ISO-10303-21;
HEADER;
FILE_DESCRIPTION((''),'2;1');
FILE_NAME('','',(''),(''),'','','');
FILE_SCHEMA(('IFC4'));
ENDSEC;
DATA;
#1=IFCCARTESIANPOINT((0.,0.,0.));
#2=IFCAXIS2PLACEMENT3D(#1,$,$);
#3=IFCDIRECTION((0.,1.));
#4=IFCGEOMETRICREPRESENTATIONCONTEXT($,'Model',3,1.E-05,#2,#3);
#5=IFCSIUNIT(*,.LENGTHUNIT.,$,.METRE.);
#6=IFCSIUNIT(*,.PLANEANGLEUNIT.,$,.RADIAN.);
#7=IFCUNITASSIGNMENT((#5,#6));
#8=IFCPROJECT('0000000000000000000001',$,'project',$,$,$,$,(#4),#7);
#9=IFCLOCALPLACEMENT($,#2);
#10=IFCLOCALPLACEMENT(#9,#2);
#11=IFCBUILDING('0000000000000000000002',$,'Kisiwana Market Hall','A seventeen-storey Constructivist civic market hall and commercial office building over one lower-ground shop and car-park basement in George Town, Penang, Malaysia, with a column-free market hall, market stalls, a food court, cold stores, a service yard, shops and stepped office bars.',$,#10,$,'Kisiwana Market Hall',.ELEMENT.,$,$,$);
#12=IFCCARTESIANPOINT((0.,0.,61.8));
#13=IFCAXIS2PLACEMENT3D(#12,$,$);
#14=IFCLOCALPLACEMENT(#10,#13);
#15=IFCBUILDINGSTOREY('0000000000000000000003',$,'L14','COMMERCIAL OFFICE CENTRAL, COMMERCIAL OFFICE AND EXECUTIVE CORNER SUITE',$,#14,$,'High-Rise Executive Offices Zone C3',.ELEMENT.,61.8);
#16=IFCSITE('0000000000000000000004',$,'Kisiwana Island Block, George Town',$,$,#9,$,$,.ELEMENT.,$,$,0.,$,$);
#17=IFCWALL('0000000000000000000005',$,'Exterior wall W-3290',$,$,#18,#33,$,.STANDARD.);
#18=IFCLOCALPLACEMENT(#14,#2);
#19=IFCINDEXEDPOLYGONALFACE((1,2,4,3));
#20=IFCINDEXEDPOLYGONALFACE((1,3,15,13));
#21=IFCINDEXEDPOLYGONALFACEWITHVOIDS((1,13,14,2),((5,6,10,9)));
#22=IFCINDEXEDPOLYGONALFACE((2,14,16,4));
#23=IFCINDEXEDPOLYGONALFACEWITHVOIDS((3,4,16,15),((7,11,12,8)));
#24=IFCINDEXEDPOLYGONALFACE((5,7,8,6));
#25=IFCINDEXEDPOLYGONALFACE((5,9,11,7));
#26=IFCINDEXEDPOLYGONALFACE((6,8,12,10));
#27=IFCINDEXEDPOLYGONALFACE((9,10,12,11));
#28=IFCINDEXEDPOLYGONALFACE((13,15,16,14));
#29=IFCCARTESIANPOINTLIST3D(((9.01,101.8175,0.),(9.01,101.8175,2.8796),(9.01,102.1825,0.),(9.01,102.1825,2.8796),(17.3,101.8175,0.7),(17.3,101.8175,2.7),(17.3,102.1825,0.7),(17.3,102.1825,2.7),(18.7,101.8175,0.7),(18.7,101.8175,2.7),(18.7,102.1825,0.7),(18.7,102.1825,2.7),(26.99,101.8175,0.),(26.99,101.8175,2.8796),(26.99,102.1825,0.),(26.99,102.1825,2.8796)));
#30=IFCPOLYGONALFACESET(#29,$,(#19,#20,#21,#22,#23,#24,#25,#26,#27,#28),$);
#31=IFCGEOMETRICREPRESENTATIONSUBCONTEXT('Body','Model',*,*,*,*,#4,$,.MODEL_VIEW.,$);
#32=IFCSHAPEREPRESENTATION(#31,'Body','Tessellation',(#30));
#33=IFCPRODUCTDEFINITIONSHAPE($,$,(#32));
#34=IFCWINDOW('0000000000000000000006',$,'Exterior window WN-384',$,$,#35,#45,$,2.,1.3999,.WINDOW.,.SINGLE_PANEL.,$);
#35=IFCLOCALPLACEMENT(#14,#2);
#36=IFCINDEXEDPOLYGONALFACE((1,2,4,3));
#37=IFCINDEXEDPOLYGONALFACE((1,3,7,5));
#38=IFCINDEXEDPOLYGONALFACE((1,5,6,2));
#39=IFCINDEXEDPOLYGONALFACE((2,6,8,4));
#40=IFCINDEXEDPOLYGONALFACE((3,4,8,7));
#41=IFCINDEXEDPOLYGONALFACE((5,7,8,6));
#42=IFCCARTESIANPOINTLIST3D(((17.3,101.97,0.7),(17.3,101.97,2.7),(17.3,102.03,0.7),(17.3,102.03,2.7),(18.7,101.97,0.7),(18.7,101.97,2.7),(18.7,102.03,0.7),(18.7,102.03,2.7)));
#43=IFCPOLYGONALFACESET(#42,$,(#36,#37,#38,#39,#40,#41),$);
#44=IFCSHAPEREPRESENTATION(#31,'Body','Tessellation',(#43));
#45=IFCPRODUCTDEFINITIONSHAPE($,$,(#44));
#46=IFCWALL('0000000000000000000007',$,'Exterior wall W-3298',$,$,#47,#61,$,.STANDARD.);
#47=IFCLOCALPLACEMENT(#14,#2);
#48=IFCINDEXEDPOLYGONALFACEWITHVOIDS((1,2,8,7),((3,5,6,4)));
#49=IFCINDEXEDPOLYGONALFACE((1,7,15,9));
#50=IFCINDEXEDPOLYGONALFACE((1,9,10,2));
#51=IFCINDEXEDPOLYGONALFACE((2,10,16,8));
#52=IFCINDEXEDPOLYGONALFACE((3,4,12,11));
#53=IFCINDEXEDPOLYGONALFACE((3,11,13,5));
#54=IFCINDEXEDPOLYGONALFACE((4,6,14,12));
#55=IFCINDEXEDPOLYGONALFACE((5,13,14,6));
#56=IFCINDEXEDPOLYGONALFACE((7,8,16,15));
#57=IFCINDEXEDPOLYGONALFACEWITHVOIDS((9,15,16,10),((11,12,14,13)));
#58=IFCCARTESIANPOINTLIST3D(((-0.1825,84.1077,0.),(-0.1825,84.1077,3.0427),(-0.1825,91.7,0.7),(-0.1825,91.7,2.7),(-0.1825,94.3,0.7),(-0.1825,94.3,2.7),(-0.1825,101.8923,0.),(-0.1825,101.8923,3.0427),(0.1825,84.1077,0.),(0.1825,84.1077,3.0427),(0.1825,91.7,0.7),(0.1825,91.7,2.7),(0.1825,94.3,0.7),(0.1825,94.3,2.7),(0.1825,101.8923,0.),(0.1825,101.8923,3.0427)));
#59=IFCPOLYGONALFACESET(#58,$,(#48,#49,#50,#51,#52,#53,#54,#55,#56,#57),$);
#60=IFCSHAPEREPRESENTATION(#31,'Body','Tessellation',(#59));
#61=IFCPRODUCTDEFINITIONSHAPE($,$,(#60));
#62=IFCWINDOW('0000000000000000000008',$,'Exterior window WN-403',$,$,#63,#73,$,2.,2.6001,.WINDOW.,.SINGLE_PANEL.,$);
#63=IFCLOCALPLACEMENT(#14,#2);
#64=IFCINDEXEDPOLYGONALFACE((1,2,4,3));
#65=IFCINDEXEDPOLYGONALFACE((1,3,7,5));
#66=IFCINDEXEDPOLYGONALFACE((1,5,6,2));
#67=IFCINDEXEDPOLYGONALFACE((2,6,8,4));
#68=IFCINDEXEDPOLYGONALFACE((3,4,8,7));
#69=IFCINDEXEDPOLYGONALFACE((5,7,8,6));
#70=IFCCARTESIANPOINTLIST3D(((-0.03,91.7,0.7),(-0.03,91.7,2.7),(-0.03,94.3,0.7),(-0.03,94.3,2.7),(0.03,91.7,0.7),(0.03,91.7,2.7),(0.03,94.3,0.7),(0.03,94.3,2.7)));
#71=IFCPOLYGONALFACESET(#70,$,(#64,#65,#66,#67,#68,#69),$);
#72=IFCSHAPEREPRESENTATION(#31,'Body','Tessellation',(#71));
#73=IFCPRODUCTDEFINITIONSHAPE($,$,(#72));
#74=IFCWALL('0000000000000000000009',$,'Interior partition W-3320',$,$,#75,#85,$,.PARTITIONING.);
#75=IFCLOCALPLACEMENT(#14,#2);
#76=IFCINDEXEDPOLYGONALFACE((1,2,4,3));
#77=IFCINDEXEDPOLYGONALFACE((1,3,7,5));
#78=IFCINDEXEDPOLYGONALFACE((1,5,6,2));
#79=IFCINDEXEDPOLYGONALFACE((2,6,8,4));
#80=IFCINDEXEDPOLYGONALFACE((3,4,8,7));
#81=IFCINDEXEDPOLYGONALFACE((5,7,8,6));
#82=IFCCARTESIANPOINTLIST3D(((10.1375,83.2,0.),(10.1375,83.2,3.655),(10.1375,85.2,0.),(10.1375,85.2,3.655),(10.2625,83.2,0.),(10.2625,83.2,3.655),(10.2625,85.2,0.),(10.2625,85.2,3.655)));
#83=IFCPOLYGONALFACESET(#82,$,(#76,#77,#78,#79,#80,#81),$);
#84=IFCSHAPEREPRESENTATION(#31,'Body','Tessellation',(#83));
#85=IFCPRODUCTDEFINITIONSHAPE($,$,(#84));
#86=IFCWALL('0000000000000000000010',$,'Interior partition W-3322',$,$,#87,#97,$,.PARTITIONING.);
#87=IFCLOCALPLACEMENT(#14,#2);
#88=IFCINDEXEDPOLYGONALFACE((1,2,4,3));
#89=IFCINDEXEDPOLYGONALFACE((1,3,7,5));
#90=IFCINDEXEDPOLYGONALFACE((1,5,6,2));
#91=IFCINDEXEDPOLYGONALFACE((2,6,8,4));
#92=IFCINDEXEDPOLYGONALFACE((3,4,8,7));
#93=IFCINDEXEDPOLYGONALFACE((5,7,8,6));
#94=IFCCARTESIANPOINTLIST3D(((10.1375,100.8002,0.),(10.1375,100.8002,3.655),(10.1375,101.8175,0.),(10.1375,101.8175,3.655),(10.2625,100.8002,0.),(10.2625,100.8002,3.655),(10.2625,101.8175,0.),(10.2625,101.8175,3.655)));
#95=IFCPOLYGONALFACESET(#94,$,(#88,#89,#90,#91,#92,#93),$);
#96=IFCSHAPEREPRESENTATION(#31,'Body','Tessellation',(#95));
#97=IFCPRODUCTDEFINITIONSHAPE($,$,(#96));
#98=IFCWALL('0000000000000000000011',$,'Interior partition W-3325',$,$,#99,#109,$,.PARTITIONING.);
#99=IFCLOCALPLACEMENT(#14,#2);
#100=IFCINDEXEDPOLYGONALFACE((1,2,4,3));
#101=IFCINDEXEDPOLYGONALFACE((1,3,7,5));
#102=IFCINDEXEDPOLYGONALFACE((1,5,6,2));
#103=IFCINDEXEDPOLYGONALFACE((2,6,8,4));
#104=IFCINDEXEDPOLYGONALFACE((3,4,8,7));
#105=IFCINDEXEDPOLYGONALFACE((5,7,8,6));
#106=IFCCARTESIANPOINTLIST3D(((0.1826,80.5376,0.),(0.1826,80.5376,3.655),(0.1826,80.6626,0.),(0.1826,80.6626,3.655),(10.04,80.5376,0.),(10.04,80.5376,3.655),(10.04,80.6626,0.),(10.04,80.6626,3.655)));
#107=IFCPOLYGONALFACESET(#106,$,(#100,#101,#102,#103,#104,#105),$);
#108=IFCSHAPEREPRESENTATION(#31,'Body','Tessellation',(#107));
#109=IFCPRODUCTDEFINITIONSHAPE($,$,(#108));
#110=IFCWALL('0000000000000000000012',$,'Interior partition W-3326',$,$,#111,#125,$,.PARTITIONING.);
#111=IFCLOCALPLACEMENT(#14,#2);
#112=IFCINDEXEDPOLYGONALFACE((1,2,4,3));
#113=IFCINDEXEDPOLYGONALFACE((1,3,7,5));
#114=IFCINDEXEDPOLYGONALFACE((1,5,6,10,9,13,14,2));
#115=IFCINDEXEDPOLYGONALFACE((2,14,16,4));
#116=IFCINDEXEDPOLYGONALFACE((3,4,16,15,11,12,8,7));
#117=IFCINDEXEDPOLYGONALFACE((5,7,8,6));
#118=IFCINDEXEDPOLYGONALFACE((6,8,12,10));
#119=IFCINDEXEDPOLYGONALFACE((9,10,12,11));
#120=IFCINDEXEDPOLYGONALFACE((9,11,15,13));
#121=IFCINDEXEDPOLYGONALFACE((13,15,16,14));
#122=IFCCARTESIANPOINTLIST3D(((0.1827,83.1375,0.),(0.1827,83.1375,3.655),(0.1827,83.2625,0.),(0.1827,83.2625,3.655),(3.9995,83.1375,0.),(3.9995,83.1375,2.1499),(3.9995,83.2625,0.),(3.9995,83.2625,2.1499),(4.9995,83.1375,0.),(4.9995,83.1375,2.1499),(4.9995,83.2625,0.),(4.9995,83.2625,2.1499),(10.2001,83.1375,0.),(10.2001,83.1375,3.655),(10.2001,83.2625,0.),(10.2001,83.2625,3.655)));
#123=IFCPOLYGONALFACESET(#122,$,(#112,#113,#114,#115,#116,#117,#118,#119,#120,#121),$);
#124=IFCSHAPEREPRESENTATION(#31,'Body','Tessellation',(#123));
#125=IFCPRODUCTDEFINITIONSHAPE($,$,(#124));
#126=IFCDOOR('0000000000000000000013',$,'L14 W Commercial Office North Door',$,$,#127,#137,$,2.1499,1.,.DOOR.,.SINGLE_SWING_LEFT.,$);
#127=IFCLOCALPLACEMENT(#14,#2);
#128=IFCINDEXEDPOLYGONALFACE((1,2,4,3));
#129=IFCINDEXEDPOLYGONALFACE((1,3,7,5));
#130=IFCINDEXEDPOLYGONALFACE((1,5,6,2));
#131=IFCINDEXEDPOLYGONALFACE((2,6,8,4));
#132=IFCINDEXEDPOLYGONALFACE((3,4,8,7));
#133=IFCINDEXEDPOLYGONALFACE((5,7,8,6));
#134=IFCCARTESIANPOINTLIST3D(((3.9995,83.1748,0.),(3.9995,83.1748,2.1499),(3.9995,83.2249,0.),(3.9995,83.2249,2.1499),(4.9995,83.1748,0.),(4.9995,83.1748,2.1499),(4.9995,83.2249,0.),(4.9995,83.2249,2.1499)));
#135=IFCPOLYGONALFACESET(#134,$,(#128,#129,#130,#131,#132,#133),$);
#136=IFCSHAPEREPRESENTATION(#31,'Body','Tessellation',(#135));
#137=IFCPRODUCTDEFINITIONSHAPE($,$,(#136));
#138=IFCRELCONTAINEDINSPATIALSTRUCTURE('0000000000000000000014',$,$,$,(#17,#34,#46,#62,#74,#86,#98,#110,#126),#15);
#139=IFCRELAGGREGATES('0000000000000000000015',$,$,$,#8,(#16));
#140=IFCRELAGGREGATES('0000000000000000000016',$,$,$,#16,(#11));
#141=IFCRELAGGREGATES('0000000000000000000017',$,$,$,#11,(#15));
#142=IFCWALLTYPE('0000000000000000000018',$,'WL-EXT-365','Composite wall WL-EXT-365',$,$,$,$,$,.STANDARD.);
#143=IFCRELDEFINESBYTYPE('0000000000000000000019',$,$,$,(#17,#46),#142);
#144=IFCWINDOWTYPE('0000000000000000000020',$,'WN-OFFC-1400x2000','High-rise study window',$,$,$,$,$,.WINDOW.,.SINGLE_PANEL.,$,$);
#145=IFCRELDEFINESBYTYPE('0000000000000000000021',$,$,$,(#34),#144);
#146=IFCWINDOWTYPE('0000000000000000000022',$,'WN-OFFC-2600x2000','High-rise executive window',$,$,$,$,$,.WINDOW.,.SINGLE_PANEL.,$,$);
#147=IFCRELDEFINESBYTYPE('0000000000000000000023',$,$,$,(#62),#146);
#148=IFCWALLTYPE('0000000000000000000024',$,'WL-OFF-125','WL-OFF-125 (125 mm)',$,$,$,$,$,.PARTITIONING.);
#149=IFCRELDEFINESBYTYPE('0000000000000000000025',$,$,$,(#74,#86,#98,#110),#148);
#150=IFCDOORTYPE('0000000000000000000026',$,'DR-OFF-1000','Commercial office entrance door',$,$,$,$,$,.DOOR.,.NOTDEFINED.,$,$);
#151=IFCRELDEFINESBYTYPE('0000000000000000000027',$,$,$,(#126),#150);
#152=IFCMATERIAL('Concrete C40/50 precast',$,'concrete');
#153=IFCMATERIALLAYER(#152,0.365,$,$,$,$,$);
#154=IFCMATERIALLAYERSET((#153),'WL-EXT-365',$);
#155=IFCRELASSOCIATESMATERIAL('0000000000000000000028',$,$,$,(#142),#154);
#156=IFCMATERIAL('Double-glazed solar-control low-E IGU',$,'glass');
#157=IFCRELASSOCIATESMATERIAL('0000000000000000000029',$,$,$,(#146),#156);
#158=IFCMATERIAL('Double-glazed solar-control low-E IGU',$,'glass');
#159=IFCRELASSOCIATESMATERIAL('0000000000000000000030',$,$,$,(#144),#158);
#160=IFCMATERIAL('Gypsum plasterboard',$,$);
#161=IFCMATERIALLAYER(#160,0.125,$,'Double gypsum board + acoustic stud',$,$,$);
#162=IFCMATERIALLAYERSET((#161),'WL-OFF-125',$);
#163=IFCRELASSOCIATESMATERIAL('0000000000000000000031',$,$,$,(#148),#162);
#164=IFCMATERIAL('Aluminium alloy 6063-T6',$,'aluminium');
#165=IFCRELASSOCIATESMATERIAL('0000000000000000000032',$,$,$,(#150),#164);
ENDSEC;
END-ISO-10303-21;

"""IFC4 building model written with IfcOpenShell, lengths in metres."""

from ifc_helpers import new_model, si_unit, direction, frame, frame_2d, origin, place, context, subcontext, project, spatial, rectangle, extrude, material, layer, layer_set, type_object, element, fill, save


model = new_model("IFC4")

# Units and contexts
model_context = context("Model", 3, precision=1e-05, world=origin(), true_north=direction((0.0, 1.0)))
body_context = subcontext(model_context, "Body", "Model", "MODEL_VIEW")
ifc_project = project(units=[si_unit("LENGTHUNIT", "METRE"), si_unit("PLANEANGLEUNIT", "RADIAN")], contexts=[model_context])

# Site, building, storey
site_placement = place(None, origin())
site = spatial("IfcSite", under=ifc_project, at=site_placement, Name="Kisiwana Island Block, George Town", CompositionType="ELEMENT", RefElevation=0.0)
building_placement = place(site_placement, origin())
building = spatial("IfcBuilding", under=site, at=building_placement, Name="Kisiwana Market Hall", Description="A seventeen-storey Constructivist civic market hall and commercial office building over one lower-ground shop and car-park basement in George Town, Penang, Malaysia, with a column-free market hall, market stalls, a food court, cold stores, a service yard, shops and stepped office bars.", LongName="Kisiwana Market Hall", CompositionType="ELEMENT")
storey_placement = place(building_placement, frame((0.0, 0.0, 61.8)))
storey = spatial("IfcBuildingStorey", under=building, at=storey_placement, Name="L14", Description="COMMERCIAL OFFICE CENTRAL, COMMERCIAL OFFICE AND EXECUTIVE CORNER SUITE", LongName="High-Rise Executive Offices Zone C3", CompositionType="ELEMENT", Elevation=61.8)

# Walls, openings, windows
ifc_material_1 = material(Name="Concrete C40/50 precast", Category="concrete")
ifc_layer_1 = layer(ifc_material_1, 0.365)
ifc_layer_set_1 = layer_set([ifc_layer_1], Name="WL-EXT-365")
wall_type_1 = type_object("IfcWallType", Name="WL-EXT-365", Description="Composite wall WL-EXT-365", PredefinedType="STANDARD", material=ifc_layer_set_1)
ifc_material_2 = material(Name="Double-glazed solar-control low-E IGU", Category="glass")
window_type_1 = type_object("IfcWindowType", Name="WN-OFFC-2600x2000", Description="High-rise executive window", PartitioningType="SINGLE_PANEL", PredefinedType="WINDOW", material=ifc_material_2)
wall_1_placement = place(storey_placement, frame((9.01, 102.0, 0.0), z_axis=(0.0, 0.0, 1.0), x_axis=(1.0, 0.0, 0.0)))
wall_1 = element("IfcWall", 1, at=wall_1_placement, inside=storey, type_object=wall_type_1, Name="Exterior wall W-3290", PredefinedType="STANDARD", context=body_context, shape_type="SweptSolid", body=[
    extrude(rectangle(XDim=17.98, YDim=0.365, at=frame_2d((8.99, 0.0))), origin(), (0.0, 0.0, 1.0), 2.8796),
])
opening_1_placement = place(wall_1_placement, frame((8.29, 0.0, 0.7)))
opening_1 = element("IfcOpeningElement", 2, at=opening_1_placement, cuts=wall_1, PredefinedType="OPENING", context=body_context, shape_type="SweptSolid", body=[
    extrude(rectangle(XDim=1.3999, YDim=2.0, at=frame_2d((0.7, 1.0))), frame((0.0, 0.1943, 0.0), z_axis=(0.0, -1.0, 0.0), x_axis=(1.0, 0.0, 0.0)), (0.0, 0.0, 1.0), 0.3889),
])
ifc_material_3 = material(Name="Double-glazed solar-control low-E IGU", Category="glass")
window_type_2 = type_object("IfcWindowType", Name="WN-OFFC-1400x2000", Description="High-rise study window", PartitioningType="SINGLE_PANEL", PredefinedType="WINDOW", material=ifc_material_3)
window_1_placement = place(opening_1_placement, origin())
window_1 = element("IfcWindow", 3, at=window_1_placement, inside=storey, type_object=window_type_2, Name="Exterior window WN-384", OverallHeight=2.0, OverallWidth=1.3999, PartitioningType="SINGLE_PANEL", PredefinedType="WINDOW", context=body_context, shape_type="SweptSolid", body=[
    extrude(rectangle(XDim=1.3999, YDim=2.0, at=frame_2d((0.7, 1.0))), frame((0.0, 0.03, 0.0), z_axis=(0.0, -1.0, 0.0), x_axis=(1.0, 0.0, 0.0)), (0.0, 0.0, 1.0), 0.0601),
])
fill(opening_1, window_1)
wall_2_placement = place(storey_placement, frame((0.0, 84.1077, 0.0), z_axis=(0.0, 0.0, 1.0), x_axis=(0.0, 1.0, 0.0)))
wall_2 = element("IfcWall", 4, at=wall_2_placement, inside=storey, type_object=wall_type_1, Name="Exterior wall W-3298", PredefinedType="STANDARD", context=body_context, shape_type="SweptSolid", body=[
    extrude(rectangle(XDim=17.7847, YDim=0.365, at=frame_2d((8.8923, 0.0))), origin(), (0.0, 0.0, 1.0), 3.0427),
])
opening_2_placement = place(wall_2_placement, frame((7.5923, 0.0, 0.7)))
opening_2 = element("IfcOpeningElement", 5, at=opening_2_placement, cuts=wall_2, PredefinedType="OPENING", context=body_context, shape_type="SweptSolid", body=[
    extrude(rectangle(XDim=2.6001, YDim=2.0, at=frame_2d((1.3, 1.0))), frame((0.0, 0.1943, 0.0), z_axis=(0.0, -1.0, 0.0), x_axis=(1.0, 0.0, 0.0)), (0.0, 0.0, 1.0), 0.3889),
])
window_2_placement = place(opening_2_placement, origin())
window_2 = element("IfcWindow", 6, at=window_2_placement, inside=storey, type_object=window_type_1, Name="Exterior window WN-403", OverallHeight=2.0, OverallWidth=2.6001, PartitioningType="SINGLE_PANEL", PredefinedType="WINDOW", context=body_context, shape_type="SweptSolid", body=[
    extrude(rectangle(XDim=2.6001, YDim=2.0, at=frame_2d((1.3, 1.0))), frame((0.0, 0.03, 0.0), z_axis=(0.0, -1.0, 0.0), x_axis=(1.0, 0.0, 0.0)), (0.0, 0.0, 1.0), 0.0601),
])
fill(opening_2, window_2)

# Walls
ifc_material_4 = material(Name="Gypsum plasterboard")
ifc_layer_2 = layer(ifc_material_4, 0.125, Name="Double gypsum board + acoustic stud")
ifc_layer_set_2 = layer_set([ifc_layer_2], Name="WL-OFF-125")
wall_type_2 = type_object("IfcWallType", Name="WL-OFF-125", Description="WL-OFF-125 (125 mm)", PredefinedType="PARTITIONING", material=ifc_layer_set_2)
wall_3_placement = place(storey_placement, frame((10.2, 83.2, 0.0), z_axis=(0.0, 0.0, 1.0), x_axis=(0.0, 1.0, 0.0)))
element("IfcWall", 7, at=wall_3_placement, inside=storey, type_object=wall_type_2, Name="Interior partition W-3320", PredefinedType="PARTITIONING", context=body_context, shape_type="SweptSolid", body=[
    extrude(rectangle(XDim=2.0, YDim=0.125, at=frame_2d((1.0, 0.0))), origin(), (0.0, 0.0, 1.0), 3.655),
])
wall_4_placement = place(storey_placement, frame((10.2, 100.8, 0.0), z_axis=(0.0, 0.0, 1.0), x_axis=(0.0, 1.0, 0.0)))
element("IfcWall", 8, at=wall_4_placement, inside=storey, type_object=wall_type_2, Name="Interior partition W-3322", PredefinedType="PARTITIONING", context=body_context, shape_type="SweptSolid", body=[
    extrude(rectangle(XDim=1.0173, YDim=0.125, at=frame_2d((0.5088, 0.0))), origin(), (0.0, 0.0, 1.0), 3.655),
])
wall_5_placement = place(storey_placement, frame((0.1826, 80.6001, 0.0), z_axis=(0.0, 0.0, 1.0), x_axis=(1.0, 0.0, 0.0)))
element("IfcWall", 9, at=wall_5_placement, inside=storey, type_object=wall_type_2, Name="Interior partition W-3325", PredefinedType="PARTITIONING", context=body_context, shape_type="SweptSolid", body=[
    extrude(rectangle(XDim=9.8574, YDim=0.125, at=frame_2d((4.9287, 0.0))), origin(), (0.0, 0.0, 1.0), 3.655),
])

# Wall, opening, door
wall_6_placement = place(storey_placement, frame((0.1826, 83.2, 0.0), z_axis=(0.0, 0.0, 1.0), x_axis=(1.0, 0.0, 0.0)))
wall_6 = element("IfcWall", 10, at=wall_6_placement, inside=storey, type_object=wall_type_2, Name="Interior partition W-3326", PredefinedType="PARTITIONING", context=body_context, shape_type="SweptSolid", body=[
    extrude(rectangle(XDim=10.0173, YDim=0.125, at=frame_2d((5.0088, 0.0))), origin(), (0.0, 0.0, 1.0), 3.655),
])
opening_3_placement = place(wall_6_placement, frame((3.8169, 0.0, 0.0)))
opening_3 = element("IfcOpeningElement", 11, at=opening_3_placement, cuts=wall_6, PredefinedType="OPENING", context=body_context, shape_type="SweptSolid", body=[
    extrude(rectangle(XDim=1.0, YDim=2.1499, at=frame_2d((0.5, 1.075))), frame((0.0, 0.0745, 0.0), z_axis=(0.0, -1.0, 0.0), x_axis=(1.0, 0.0, 0.0)), (0.0, 0.0, 1.0), 0.1489),
])
ifc_material_5 = material(Name="Aluminium alloy 6063-T6", Category="aluminium")
door_type_1 = type_object("IfcDoorType", Name="DR-OFF-1000", Description="Commercial office entrance door", OperationType="NOTDEFINED", PredefinedType="DOOR", material=ifc_material_5)
door_1_placement = place(opening_3_placement, origin())
door_1 = element("IfcDoor", 12, at=door_1_placement, inside=storey, type_object=door_type_1, Name="L14 W Commercial Office North Door", OperationType="SINGLE_SWING_LEFT", OverallHeight=2.1499, OverallWidth=1.0, PredefinedType="DOOR", context=body_context, shape_type="SweptSolid", body=[
    extrude(rectangle(XDim=1.0, YDim=2.1499, at=frame_2d((0.5, 1.075))), frame((0.0, 0.0249, 0.0), z_axis=(0.0, -1.0, 0.0), x_axis=(1.0, 0.0, 0.0)), (0.0, 0.0, 1.0), 0.05),
])
fill(opening_3, door_1)

save(model, "model.ifc")
